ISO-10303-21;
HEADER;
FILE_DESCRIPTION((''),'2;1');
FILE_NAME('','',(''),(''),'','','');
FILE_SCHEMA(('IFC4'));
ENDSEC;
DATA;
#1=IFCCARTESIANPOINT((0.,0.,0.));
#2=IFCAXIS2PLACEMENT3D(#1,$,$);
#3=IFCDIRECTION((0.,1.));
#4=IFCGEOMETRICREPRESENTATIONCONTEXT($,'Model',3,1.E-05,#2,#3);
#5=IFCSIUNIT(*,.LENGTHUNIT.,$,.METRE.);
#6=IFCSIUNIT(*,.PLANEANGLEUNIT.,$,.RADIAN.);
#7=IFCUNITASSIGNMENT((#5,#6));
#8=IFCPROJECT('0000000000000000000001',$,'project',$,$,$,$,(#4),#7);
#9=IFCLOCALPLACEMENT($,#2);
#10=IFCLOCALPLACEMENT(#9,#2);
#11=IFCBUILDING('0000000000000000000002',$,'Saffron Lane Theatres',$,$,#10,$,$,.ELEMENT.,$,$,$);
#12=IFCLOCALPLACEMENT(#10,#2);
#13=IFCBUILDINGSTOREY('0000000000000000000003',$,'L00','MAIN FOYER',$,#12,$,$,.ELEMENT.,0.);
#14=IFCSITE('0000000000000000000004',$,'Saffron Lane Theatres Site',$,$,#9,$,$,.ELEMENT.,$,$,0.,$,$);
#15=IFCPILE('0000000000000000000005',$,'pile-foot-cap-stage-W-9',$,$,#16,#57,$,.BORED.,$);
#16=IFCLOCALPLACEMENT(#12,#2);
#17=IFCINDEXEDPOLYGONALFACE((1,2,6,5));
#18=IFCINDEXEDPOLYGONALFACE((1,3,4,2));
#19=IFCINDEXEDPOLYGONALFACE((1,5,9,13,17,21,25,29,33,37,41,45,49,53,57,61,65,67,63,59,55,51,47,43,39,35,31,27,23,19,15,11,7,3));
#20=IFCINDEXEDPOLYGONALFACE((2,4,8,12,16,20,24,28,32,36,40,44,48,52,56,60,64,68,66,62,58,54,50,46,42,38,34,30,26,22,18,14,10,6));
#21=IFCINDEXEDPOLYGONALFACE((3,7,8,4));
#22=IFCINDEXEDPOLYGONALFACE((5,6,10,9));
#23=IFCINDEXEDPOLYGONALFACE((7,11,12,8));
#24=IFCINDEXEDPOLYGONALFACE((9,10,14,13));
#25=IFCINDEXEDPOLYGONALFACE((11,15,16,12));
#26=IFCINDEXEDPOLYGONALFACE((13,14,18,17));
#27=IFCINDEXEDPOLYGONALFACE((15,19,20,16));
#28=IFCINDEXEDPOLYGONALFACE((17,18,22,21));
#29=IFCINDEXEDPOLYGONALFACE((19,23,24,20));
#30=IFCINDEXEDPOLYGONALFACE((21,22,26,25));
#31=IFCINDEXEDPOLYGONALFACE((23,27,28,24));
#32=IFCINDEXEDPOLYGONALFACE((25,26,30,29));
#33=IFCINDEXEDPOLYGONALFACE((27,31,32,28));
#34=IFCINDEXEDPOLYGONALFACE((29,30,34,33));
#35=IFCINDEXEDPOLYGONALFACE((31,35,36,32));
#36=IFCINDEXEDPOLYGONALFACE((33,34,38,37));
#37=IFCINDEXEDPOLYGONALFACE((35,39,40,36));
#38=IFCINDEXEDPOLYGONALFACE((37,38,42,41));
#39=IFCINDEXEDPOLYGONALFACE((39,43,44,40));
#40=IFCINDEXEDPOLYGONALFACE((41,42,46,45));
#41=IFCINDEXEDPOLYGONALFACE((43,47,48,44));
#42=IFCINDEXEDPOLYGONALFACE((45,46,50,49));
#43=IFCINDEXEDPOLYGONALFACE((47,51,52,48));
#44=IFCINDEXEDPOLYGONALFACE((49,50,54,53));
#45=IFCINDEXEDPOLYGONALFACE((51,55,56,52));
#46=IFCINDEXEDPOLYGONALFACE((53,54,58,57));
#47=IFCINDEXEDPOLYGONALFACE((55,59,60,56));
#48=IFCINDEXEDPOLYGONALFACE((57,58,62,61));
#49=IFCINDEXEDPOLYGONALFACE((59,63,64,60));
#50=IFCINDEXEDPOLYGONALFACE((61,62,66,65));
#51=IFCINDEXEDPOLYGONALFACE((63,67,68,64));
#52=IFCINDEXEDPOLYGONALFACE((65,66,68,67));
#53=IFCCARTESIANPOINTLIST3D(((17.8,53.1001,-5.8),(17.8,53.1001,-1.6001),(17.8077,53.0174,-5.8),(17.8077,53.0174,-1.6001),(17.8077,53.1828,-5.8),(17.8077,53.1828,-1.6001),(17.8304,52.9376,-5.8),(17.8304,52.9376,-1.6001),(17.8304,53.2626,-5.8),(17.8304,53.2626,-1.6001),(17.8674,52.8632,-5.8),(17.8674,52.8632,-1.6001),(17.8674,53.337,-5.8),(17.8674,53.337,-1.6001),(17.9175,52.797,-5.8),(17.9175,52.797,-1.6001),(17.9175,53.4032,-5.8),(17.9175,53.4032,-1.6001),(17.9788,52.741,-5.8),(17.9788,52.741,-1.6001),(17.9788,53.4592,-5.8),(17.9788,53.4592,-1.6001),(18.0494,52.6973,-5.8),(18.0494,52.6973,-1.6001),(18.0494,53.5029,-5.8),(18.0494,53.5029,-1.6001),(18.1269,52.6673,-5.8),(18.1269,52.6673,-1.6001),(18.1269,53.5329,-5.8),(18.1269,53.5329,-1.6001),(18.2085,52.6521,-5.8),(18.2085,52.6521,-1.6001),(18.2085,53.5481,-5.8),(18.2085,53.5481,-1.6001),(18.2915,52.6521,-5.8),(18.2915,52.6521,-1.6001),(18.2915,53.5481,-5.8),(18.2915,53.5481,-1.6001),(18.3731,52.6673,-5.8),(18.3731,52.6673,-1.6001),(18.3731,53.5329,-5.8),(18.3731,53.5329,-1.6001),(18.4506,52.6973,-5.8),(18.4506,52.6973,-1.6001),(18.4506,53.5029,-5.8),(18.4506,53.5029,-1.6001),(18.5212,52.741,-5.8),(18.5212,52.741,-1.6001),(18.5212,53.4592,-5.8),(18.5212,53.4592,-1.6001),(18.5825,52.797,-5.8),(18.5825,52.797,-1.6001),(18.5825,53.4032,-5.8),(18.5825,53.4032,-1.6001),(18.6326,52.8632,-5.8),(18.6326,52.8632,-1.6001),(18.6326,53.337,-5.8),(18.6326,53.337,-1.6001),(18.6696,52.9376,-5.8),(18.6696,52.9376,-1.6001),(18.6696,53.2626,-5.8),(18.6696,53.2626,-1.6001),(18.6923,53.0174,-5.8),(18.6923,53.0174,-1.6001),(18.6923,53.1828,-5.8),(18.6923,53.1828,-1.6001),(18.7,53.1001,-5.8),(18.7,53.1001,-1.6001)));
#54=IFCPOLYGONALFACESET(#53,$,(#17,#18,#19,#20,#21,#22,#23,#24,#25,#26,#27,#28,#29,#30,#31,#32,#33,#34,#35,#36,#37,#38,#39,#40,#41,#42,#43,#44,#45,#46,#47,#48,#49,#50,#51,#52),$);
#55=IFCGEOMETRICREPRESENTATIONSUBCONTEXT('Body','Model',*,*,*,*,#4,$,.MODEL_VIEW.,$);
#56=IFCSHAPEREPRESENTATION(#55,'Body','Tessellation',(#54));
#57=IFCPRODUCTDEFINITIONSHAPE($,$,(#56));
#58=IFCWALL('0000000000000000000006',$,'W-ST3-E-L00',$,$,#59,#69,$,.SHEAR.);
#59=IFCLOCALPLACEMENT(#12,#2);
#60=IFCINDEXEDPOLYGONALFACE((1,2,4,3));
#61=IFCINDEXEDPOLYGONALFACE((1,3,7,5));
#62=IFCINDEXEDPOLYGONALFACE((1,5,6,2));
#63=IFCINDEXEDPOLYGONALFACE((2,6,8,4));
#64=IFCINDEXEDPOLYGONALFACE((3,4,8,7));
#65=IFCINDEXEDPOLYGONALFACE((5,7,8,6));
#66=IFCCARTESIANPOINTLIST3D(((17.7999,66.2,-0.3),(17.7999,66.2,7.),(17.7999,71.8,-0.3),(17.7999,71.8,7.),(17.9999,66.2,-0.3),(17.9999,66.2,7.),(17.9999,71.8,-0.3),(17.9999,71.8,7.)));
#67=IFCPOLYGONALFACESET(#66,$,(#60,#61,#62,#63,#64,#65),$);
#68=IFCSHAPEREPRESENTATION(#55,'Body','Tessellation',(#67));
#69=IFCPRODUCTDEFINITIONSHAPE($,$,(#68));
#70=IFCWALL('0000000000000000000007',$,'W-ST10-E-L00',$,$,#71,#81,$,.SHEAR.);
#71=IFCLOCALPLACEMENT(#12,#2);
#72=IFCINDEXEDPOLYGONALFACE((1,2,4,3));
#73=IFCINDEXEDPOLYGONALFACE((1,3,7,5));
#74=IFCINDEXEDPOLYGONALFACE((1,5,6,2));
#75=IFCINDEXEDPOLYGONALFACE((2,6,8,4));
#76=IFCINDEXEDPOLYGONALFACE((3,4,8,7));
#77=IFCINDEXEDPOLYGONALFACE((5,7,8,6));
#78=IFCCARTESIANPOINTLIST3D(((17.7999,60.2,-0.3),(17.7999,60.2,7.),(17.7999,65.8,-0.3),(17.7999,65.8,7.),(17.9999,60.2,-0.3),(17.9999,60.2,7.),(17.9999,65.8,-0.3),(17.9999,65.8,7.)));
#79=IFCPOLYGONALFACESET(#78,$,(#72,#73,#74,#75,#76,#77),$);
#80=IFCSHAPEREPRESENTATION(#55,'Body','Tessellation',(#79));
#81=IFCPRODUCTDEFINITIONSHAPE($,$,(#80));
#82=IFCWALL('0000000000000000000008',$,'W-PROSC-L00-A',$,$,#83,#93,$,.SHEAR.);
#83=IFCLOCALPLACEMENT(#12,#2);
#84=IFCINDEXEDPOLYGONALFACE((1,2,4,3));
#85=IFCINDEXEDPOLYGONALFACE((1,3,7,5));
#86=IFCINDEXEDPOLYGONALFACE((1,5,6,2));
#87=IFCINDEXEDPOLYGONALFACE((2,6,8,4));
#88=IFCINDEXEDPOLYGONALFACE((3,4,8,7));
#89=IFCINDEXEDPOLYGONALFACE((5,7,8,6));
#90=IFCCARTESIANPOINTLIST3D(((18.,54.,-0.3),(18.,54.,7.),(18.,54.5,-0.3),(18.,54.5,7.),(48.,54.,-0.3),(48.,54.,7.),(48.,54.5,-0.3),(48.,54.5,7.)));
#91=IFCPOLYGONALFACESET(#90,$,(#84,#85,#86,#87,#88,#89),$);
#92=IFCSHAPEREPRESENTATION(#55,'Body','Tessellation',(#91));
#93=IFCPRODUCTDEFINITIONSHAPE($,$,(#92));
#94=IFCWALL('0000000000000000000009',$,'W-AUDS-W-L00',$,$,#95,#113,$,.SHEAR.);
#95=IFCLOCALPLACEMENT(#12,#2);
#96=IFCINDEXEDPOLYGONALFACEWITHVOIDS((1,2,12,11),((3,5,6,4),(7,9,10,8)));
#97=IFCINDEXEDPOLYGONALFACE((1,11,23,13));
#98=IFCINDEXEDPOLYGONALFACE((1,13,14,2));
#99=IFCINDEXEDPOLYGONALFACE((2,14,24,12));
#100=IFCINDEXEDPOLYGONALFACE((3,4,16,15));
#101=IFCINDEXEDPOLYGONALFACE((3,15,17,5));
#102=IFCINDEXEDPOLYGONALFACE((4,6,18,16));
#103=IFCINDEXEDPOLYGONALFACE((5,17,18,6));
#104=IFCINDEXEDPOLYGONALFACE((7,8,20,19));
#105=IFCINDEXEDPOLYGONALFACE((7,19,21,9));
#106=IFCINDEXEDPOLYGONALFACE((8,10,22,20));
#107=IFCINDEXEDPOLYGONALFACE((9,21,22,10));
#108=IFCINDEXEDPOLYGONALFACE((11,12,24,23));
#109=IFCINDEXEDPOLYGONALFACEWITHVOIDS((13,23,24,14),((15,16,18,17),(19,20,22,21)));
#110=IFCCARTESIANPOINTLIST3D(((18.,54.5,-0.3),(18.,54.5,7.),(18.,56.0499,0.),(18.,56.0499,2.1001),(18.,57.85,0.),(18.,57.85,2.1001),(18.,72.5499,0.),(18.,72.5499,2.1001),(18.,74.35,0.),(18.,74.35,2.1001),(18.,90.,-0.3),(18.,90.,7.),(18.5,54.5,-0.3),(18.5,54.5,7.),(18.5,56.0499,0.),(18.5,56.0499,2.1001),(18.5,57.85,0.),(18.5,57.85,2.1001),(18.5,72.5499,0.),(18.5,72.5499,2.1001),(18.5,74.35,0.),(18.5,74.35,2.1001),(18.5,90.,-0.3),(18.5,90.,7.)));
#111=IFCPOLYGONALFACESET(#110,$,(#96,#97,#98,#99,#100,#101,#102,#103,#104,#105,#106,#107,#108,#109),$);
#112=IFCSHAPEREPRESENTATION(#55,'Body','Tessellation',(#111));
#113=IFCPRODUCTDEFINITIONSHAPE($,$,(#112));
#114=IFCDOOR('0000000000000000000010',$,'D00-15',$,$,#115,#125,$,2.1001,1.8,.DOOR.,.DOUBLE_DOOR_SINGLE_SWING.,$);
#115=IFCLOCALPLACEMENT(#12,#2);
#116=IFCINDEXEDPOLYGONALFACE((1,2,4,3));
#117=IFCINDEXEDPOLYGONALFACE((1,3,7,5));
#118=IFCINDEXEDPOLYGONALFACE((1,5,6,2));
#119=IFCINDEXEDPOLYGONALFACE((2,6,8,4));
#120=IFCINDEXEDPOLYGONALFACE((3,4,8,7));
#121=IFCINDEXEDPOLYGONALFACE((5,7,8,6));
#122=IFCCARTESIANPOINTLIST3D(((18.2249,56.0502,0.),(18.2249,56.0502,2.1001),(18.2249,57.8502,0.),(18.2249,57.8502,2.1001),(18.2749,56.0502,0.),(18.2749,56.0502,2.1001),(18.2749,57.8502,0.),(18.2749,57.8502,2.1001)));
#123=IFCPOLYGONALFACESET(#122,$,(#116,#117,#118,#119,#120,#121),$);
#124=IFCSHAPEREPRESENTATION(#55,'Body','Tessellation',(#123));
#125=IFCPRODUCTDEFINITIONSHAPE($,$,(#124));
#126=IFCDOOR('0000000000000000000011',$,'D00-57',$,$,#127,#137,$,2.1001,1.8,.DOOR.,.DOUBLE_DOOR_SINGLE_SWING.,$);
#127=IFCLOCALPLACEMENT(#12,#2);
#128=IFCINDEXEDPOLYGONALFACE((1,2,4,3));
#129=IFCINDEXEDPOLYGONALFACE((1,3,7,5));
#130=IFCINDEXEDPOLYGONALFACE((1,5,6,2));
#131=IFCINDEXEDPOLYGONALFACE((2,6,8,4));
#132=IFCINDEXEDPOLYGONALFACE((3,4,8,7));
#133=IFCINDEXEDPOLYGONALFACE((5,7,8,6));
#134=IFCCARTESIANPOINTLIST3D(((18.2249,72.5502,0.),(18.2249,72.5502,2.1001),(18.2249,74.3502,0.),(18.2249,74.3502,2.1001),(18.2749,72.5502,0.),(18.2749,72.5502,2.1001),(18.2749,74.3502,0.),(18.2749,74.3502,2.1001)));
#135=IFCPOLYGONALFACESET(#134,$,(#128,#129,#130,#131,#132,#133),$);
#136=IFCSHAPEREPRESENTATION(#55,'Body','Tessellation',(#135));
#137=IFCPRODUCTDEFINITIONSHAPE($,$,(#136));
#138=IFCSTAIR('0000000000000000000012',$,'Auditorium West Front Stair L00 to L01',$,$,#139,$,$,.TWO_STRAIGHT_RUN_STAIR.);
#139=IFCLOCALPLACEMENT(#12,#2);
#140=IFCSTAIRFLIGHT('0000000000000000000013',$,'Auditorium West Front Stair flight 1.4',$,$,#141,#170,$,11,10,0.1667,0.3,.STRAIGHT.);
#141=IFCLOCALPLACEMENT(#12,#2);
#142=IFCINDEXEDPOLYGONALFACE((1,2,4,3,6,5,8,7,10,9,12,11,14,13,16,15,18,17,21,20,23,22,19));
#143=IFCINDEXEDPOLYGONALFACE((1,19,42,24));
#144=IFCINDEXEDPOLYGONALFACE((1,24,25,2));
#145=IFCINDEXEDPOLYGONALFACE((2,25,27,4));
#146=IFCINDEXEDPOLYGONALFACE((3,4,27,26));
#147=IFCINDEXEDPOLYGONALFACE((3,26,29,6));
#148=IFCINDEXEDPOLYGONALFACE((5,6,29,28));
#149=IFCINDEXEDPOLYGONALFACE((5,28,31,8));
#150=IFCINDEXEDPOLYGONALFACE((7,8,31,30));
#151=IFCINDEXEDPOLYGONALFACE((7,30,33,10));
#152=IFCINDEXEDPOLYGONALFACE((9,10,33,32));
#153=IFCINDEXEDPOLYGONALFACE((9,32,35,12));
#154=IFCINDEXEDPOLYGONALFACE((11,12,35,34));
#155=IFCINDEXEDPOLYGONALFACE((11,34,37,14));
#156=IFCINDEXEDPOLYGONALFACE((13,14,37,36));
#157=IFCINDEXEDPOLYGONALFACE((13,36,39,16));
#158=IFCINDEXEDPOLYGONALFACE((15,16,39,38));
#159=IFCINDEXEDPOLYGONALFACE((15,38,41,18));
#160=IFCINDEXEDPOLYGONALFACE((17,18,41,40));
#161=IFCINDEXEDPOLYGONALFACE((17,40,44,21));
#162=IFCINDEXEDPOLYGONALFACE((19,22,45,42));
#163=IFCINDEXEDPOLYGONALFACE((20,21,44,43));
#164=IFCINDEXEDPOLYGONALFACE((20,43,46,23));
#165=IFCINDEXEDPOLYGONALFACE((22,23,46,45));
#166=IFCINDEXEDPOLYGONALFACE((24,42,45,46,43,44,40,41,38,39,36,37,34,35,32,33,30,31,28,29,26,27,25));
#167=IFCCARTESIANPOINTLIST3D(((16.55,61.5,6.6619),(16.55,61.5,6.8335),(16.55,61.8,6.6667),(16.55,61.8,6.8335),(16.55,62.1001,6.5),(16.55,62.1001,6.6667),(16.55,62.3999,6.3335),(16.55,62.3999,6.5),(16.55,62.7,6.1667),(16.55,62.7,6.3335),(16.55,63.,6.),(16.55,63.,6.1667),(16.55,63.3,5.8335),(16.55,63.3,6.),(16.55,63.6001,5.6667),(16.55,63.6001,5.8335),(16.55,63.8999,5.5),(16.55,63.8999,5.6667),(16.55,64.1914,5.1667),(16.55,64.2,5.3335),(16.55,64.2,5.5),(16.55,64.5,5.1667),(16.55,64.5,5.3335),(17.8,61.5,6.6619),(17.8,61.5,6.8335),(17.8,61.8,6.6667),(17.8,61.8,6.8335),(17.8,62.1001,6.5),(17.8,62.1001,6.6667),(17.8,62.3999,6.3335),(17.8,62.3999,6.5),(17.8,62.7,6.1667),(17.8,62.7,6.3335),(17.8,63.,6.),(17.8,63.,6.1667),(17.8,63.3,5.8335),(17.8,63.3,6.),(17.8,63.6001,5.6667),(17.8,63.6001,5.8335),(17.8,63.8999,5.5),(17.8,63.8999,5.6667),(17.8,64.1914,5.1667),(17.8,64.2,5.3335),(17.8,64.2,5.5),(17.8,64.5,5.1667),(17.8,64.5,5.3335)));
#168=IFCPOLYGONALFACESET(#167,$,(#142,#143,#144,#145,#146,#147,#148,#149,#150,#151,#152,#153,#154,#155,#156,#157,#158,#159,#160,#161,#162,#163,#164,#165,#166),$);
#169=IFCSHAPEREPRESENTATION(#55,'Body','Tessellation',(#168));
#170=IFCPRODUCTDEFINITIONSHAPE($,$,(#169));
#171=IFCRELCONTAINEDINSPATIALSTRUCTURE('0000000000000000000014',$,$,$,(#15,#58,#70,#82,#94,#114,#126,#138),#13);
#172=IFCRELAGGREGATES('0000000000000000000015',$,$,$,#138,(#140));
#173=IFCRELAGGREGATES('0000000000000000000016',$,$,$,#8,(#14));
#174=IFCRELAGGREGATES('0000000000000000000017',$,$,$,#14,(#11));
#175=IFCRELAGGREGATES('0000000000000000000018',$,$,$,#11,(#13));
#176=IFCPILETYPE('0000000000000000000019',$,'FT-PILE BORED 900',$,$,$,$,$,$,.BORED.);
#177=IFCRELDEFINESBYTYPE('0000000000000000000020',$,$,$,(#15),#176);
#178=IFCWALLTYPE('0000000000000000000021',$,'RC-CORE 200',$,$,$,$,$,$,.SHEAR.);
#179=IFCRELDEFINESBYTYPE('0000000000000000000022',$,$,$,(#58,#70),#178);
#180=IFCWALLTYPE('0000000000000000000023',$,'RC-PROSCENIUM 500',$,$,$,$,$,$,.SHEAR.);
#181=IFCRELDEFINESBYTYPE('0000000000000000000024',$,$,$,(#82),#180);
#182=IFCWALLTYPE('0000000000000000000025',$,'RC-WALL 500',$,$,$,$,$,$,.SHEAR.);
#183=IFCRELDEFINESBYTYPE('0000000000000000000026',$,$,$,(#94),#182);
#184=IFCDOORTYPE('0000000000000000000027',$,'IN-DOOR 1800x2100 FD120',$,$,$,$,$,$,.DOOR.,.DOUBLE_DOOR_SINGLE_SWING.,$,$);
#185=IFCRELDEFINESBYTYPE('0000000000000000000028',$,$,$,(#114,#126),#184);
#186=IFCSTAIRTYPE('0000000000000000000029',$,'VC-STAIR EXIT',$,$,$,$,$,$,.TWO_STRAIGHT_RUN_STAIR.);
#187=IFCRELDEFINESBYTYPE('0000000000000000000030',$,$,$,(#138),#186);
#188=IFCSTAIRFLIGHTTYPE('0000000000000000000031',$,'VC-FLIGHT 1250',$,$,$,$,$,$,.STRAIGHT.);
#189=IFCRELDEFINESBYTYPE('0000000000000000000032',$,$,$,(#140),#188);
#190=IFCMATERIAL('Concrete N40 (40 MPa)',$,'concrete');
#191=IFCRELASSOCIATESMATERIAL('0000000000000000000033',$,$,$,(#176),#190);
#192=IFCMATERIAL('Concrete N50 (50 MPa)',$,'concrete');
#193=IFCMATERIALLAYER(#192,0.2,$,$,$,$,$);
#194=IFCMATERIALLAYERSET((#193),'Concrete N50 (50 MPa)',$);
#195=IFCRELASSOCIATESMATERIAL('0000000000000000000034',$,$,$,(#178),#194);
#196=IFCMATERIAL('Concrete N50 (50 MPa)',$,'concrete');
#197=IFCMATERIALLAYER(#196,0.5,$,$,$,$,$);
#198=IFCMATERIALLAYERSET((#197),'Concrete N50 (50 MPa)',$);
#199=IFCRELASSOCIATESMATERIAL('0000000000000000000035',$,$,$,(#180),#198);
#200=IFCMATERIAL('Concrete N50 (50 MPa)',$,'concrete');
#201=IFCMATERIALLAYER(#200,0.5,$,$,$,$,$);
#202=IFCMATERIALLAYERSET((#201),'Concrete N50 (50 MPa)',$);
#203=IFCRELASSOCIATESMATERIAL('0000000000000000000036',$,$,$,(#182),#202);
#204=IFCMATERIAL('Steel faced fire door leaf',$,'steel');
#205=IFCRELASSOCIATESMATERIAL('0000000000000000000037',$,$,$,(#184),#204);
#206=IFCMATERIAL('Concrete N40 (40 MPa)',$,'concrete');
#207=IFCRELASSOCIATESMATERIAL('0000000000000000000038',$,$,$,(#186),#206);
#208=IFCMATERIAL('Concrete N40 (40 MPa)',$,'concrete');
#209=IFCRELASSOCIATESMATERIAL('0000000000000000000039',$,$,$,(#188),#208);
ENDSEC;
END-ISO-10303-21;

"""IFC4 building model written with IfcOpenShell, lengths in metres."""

from ifc_helpers import new_model, si_unit, direction, frame, frame_2d, origin, origin_2d, place, context, subcontext, project, spatial, polyline, rectangle, circle, outline, extrude, material, layer, layer_set, material_profile, profile_set, type_object, element, fill, aggregate, save


model = new_model("IFC4")

# Units and contexts
model_context = context("Model", 3, precision=1e-05, world=origin(), true_north=direction((0.0, 1.0)))
body_context = subcontext(model_context, "Body", "Model", "MODEL_VIEW")
ifc_project = project(units=[si_unit("LENGTHUNIT", "METRE"), si_unit("PLANEANGLEUNIT", "RADIAN")], contexts=[model_context])

# Site, building, storey
site_placement = place(None, origin())
site = spatial("IfcSite", under=ifc_project, at=site_placement, Name="Saffron Lane Theatres Site", CompositionType="ELEMENT", RefElevation=0.0)
building_placement = place(site_placement, origin())
building = spatial("IfcBuilding", under=site, at=building_placement, Name="Saffron Lane Theatres", CompositionType="ELEMENT")
storey_placement = place(building_placement, origin())
storey = spatial("IfcBuildingStorey", under=building, at=storey_placement, Name="L00", Description="MAIN FOYER", CompositionType="ELEMENT", Elevation=0.0)

# Pile
ifc_material_1 = material(Name="Concrete N40 (40 MPa)", Category="concrete")
ifc_material_profile_1 = material_profile(ifc_material_1, circle(Radius=0.45, at=origin_2d()))
ifc_profile_set_1 = profile_set([ifc_material_profile_1], Name="Concrete N40 (40 MPa)")
pile_type_1 = type_object("IfcPileType", Name="FT-PILE BORED 900", PredefinedType="BORED", material=ifc_profile_set_1)
for number, where, z_axis, x_axis, name in (
    (1, (18.25, 53.1001, -1.6001), (0.0, 0.0, -1.0), (1.0, 0.0, 0.0), "pile-foot-cap-stage-W-9"),
):
    element("IfcPile", number, at=place(storey_placement, frame(where, z_axis=z_axis, x_axis=x_axis)), inside=storey, type_object=pile_type_1, Name=name, PredefinedType="BORED", context=body_context, shape_type="SweptSolid", body=[
        extrude(circle(Radius=0.45, at=origin_2d()), origin(), (0.0, 0.0, 1.0), 4.2),
    ])

# Walls
ifc_material_2 = material(Name="Concrete N50 (50 MPa)", Category="concrete")
ifc_layer_1 = layer(ifc_material_2, 0.2)
ifc_layer_set_1 = layer_set([ifc_layer_1], Name="Concrete N50 (50 MPa)")
wall_type_1 = type_object("IfcWallType", Name="RC-CORE 200", PredefinedType="SHEAR", material=ifc_layer_set_1)
for number, where, z_axis, x_axis, name in (
    (2, (17.8999, 66.2, -0.3), (0.0, 0.0, 1.0), (0.0, 1.0, 0.0), "W-ST3-E-L00"),
    (3, (17.8999, 60.2, -0.3), (0.0, 0.0, 1.0), (0.0, 1.0, 0.0), "W-ST10-E-L00"),
):
    element("IfcWall", number, at=place(storey_placement, frame(where, z_axis=z_axis, x_axis=x_axis)), inside=storey, type_object=wall_type_1, Name=name, PredefinedType="SHEAR", context=body_context, shape_type="SweptSolid", body=[
        extrude(rectangle(XDim=5.6001, YDim=0.2, at=frame_2d((2.8, 0.0))), origin(), (0.0, 0.0, 1.0), 7.3),
    ])
ifc_material_3 = material(Name="Concrete N50 (50 MPa)", Category="concrete")
ifc_layer_2 = layer(ifc_material_3, 0.5)
ifc_layer_set_2 = layer_set([ifc_layer_2], Name="Concrete N50 (50 MPa)")
wall_type_2 = type_object("IfcWallType", Name="RC-PROSCENIUM 500", PredefinedType="SHEAR", material=ifc_layer_set_2)
wall_1_placement = place(storey_placement, frame((18.0, 54.25, -0.3), z_axis=(0.0, 0.0, 1.0), x_axis=(1.0, 0.0, 0.0)))
element("IfcWall", 4, at=wall_1_placement, inside=storey, type_object=wall_type_2, Name="W-PROSC-L00-A", PredefinedType="SHEAR", context=body_context, shape_type="SweptSolid", body=[
    extrude(rectangle(XDim=30.0, YDim=0.5, at=frame_2d((15.0, 0.0))), origin(), (0.0, 0.0, 1.0), 7.3),
])

# Wall, openings, doors
ifc_material_4 = material(Name="Concrete N50 (50 MPa)", Category="concrete")
ifc_layer_3 = layer(ifc_material_4, 0.5)
ifc_layer_set_3 = layer_set([ifc_layer_3], Name="Concrete N50 (50 MPa)")
wall_type_3 = type_object("IfcWallType", Name="RC-WALL 500", PredefinedType="SHEAR", material=ifc_layer_set_3)
wall_2_placement = place(storey_placement, frame((18.25, 54.5, -0.3), z_axis=(0.0, 0.0, 1.0), x_axis=(0.0, 1.0, 0.0)))
wall_2 = element("IfcWall", 5, at=wall_2_placement, inside=storey, type_object=wall_type_3, Name="W-AUDS-W-L00", PredefinedType="SHEAR", context=body_context, shape_type="SweptSolid", body=[
    extrude(rectangle(XDim=35.5, YDim=0.5, at=frame_2d((17.75, 0.0))), origin(), (0.0, 0.0, 1.0), 7.3),
])
opening_1_placement = place(wall_2_placement, frame((1.55, 0.0, 0.3)))
opening_1 = element("IfcOpeningElement", 6, at=opening_1_placement, cuts=wall_2, PredefinedType="OPENING", context=body_context, shape_type="SweptSolid", body=[
    extrude(rectangle(XDim=1.8, YDim=2.1001, at=frame_2d((0.8999, 1.05))), frame((0.0, 0.26, 0.0), z_axis=(0.0, -1.0, 0.0), x_axis=(1.0, 0.0, 0.0)), (0.0, 0.0, 1.0), 0.52),
])
opening_2_placement = place(wall_2_placement, frame((18.05, 0.0, 0.3)))
opening_2 = element("IfcOpeningElement", 7, at=opening_2_placement, cuts=wall_2, PredefinedType="OPENING", context=body_context, shape_type="SweptSolid", body=[
    extrude(rectangle(XDim=1.8, YDim=2.1001, at=frame_2d((0.8999, 1.05))), frame((0.0, 0.26, 0.0), z_axis=(0.0, -1.0, 0.0), x_axis=(1.0, 0.0, 0.0)), (0.0, 0.0, 1.0), 0.52),
])
ifc_material_5 = material(Name="Steel faced fire door leaf", Category="steel")
door_type = type_object("IfcDoorType", Name="IN-DOOR 1800x2100 FD120", OperationType="DOUBLE_DOOR_SINGLE_SWING", PredefinedType="DOOR", material=ifc_material_5)
door_1_placement = place(opening_1_placement, frame((1.8, 0.0, 0.0), z_axis=(0.0, 0.0, 1.0), x_axis=(-1.0, 0.0, 0.0)))
door_1 = element("IfcDoor", 8, at=door_1_placement, inside=storey, type_object=door_type, Name="D00-15", OperationType="DOUBLE_DOOR_SINGLE_SWING", OverallHeight=2.1001, OverallWidth=1.8, PredefinedType="DOOR", context=body_context, shape_type="SweptSolid", body=[
    extrude(rectangle(XDim=1.8, YDim=2.1001, at=frame_2d((0.8999, 1.05))), frame((0.0, 0.0249, 0.0), z_axis=(0.0, -1.0, 0.0), x_axis=(1.0, 0.0, 0.0)), (0.0, 0.0, 1.0), 0.05),
])
fill(opening_1, door_1)
door_2_placement = place(opening_2_placement, frame((1.8, 0.0, 0.0), z_axis=(0.0, 0.0, 1.0), x_axis=(-1.0, 0.0, 0.0)))
door_2 = element("IfcDoor", 9, at=door_2_placement, inside=storey, type_object=door_type, Name="D00-57", OperationType="DOUBLE_DOOR_SINGLE_SWING", OverallHeight=2.1001, OverallWidth=1.8, PredefinedType="DOOR", context=body_context, shape_type="SweptSolid", body=[
    extrude(rectangle(XDim=1.8, YDim=2.1001, at=frame_2d((0.8999, 1.05))), frame((0.0, 0.0249, 0.0), z_axis=(0.0, -1.0, 0.0), x_axis=(1.0, 0.0, 0.0)), (0.0, 0.0, 1.0), 0.05),
])
fill(opening_2, door_2)

# Stair, stair flight
ifc_material_6 = material(Name="Concrete N40 (40 MPa)", Category="concrete")
stair_type = type_object("IfcStairType", Name="VC-STAIR EXIT", PredefinedType="TWO_STRAIGHT_RUN_STAIR", material=ifc_material_6)
stair_placement = place(storey_placement, origin())
stair = element("IfcStair", 10, at=stair_placement, inside=storey, type_object=stair_type, Name="Auditorium West Front Stair L00 to L01", PredefinedType="TWO_STRAIGHT_RUN_STAIR")
ifc_material_7 = material(Name="Concrete N40 (40 MPa)", Category="concrete")
stair_flight_type = type_object("IfcStairFlightType", Name="VC-FLIGHT 1250", PredefinedType="STRAIGHT", material=ifc_material_7)
stair_flight_placement = place(storey_placement, frame((17.175, 64.5, 5.1667), z_axis=(0.0, 0.0, 1.0), x_axis=(0.0, -1.0, 0.0)))
stair_flight = element("IfcStairFlight", 11, at=stair_flight_placement, type_object=stair_flight_type, Name="Auditorium West Front Stair flight 1.4", NumberOfRisers=11, NumberOfTreads=10, PredefinedType="STRAIGHT", RiserHeight=0.1667, TreadLength=0.3, context=body_context, shape_type="SweptSolid", body=[
    extrude(outline(polyline([(0.0, 0.0), (0.0, 0.1667), (0.3, 0.1667), (0.3, 0.3333), (0.6001, 0.3333), (0.6001, 0.5), (0.8999, 0.5), (0.8999, 0.6667), (1.2, 0.6667), (1.2, 0.8333), (1.5, 0.8333), (1.5, 1.0), (1.8, 1.0), (1.8, 1.1667), (2.1001, 1.1667), (2.1001, 1.3333), (2.3999, 1.3333), (2.3999, 1.5), (2.7, 1.5), (2.7, 1.6667), (3.0, 1.6667), (3.0, 1.8333), (3.0, 1.4951), (0.3086, 0.0), (0.0, 0.0)])), frame((0.0, 0.625, 0.0), z_axis=(0.0, -1.0, 0.0), x_axis=(1.0, 0.0, 0.0)), (0.0, 0.0, 1.0), 1.25),
])
aggregate(stair, [stair_flight])

save(model, "model.ifc")
